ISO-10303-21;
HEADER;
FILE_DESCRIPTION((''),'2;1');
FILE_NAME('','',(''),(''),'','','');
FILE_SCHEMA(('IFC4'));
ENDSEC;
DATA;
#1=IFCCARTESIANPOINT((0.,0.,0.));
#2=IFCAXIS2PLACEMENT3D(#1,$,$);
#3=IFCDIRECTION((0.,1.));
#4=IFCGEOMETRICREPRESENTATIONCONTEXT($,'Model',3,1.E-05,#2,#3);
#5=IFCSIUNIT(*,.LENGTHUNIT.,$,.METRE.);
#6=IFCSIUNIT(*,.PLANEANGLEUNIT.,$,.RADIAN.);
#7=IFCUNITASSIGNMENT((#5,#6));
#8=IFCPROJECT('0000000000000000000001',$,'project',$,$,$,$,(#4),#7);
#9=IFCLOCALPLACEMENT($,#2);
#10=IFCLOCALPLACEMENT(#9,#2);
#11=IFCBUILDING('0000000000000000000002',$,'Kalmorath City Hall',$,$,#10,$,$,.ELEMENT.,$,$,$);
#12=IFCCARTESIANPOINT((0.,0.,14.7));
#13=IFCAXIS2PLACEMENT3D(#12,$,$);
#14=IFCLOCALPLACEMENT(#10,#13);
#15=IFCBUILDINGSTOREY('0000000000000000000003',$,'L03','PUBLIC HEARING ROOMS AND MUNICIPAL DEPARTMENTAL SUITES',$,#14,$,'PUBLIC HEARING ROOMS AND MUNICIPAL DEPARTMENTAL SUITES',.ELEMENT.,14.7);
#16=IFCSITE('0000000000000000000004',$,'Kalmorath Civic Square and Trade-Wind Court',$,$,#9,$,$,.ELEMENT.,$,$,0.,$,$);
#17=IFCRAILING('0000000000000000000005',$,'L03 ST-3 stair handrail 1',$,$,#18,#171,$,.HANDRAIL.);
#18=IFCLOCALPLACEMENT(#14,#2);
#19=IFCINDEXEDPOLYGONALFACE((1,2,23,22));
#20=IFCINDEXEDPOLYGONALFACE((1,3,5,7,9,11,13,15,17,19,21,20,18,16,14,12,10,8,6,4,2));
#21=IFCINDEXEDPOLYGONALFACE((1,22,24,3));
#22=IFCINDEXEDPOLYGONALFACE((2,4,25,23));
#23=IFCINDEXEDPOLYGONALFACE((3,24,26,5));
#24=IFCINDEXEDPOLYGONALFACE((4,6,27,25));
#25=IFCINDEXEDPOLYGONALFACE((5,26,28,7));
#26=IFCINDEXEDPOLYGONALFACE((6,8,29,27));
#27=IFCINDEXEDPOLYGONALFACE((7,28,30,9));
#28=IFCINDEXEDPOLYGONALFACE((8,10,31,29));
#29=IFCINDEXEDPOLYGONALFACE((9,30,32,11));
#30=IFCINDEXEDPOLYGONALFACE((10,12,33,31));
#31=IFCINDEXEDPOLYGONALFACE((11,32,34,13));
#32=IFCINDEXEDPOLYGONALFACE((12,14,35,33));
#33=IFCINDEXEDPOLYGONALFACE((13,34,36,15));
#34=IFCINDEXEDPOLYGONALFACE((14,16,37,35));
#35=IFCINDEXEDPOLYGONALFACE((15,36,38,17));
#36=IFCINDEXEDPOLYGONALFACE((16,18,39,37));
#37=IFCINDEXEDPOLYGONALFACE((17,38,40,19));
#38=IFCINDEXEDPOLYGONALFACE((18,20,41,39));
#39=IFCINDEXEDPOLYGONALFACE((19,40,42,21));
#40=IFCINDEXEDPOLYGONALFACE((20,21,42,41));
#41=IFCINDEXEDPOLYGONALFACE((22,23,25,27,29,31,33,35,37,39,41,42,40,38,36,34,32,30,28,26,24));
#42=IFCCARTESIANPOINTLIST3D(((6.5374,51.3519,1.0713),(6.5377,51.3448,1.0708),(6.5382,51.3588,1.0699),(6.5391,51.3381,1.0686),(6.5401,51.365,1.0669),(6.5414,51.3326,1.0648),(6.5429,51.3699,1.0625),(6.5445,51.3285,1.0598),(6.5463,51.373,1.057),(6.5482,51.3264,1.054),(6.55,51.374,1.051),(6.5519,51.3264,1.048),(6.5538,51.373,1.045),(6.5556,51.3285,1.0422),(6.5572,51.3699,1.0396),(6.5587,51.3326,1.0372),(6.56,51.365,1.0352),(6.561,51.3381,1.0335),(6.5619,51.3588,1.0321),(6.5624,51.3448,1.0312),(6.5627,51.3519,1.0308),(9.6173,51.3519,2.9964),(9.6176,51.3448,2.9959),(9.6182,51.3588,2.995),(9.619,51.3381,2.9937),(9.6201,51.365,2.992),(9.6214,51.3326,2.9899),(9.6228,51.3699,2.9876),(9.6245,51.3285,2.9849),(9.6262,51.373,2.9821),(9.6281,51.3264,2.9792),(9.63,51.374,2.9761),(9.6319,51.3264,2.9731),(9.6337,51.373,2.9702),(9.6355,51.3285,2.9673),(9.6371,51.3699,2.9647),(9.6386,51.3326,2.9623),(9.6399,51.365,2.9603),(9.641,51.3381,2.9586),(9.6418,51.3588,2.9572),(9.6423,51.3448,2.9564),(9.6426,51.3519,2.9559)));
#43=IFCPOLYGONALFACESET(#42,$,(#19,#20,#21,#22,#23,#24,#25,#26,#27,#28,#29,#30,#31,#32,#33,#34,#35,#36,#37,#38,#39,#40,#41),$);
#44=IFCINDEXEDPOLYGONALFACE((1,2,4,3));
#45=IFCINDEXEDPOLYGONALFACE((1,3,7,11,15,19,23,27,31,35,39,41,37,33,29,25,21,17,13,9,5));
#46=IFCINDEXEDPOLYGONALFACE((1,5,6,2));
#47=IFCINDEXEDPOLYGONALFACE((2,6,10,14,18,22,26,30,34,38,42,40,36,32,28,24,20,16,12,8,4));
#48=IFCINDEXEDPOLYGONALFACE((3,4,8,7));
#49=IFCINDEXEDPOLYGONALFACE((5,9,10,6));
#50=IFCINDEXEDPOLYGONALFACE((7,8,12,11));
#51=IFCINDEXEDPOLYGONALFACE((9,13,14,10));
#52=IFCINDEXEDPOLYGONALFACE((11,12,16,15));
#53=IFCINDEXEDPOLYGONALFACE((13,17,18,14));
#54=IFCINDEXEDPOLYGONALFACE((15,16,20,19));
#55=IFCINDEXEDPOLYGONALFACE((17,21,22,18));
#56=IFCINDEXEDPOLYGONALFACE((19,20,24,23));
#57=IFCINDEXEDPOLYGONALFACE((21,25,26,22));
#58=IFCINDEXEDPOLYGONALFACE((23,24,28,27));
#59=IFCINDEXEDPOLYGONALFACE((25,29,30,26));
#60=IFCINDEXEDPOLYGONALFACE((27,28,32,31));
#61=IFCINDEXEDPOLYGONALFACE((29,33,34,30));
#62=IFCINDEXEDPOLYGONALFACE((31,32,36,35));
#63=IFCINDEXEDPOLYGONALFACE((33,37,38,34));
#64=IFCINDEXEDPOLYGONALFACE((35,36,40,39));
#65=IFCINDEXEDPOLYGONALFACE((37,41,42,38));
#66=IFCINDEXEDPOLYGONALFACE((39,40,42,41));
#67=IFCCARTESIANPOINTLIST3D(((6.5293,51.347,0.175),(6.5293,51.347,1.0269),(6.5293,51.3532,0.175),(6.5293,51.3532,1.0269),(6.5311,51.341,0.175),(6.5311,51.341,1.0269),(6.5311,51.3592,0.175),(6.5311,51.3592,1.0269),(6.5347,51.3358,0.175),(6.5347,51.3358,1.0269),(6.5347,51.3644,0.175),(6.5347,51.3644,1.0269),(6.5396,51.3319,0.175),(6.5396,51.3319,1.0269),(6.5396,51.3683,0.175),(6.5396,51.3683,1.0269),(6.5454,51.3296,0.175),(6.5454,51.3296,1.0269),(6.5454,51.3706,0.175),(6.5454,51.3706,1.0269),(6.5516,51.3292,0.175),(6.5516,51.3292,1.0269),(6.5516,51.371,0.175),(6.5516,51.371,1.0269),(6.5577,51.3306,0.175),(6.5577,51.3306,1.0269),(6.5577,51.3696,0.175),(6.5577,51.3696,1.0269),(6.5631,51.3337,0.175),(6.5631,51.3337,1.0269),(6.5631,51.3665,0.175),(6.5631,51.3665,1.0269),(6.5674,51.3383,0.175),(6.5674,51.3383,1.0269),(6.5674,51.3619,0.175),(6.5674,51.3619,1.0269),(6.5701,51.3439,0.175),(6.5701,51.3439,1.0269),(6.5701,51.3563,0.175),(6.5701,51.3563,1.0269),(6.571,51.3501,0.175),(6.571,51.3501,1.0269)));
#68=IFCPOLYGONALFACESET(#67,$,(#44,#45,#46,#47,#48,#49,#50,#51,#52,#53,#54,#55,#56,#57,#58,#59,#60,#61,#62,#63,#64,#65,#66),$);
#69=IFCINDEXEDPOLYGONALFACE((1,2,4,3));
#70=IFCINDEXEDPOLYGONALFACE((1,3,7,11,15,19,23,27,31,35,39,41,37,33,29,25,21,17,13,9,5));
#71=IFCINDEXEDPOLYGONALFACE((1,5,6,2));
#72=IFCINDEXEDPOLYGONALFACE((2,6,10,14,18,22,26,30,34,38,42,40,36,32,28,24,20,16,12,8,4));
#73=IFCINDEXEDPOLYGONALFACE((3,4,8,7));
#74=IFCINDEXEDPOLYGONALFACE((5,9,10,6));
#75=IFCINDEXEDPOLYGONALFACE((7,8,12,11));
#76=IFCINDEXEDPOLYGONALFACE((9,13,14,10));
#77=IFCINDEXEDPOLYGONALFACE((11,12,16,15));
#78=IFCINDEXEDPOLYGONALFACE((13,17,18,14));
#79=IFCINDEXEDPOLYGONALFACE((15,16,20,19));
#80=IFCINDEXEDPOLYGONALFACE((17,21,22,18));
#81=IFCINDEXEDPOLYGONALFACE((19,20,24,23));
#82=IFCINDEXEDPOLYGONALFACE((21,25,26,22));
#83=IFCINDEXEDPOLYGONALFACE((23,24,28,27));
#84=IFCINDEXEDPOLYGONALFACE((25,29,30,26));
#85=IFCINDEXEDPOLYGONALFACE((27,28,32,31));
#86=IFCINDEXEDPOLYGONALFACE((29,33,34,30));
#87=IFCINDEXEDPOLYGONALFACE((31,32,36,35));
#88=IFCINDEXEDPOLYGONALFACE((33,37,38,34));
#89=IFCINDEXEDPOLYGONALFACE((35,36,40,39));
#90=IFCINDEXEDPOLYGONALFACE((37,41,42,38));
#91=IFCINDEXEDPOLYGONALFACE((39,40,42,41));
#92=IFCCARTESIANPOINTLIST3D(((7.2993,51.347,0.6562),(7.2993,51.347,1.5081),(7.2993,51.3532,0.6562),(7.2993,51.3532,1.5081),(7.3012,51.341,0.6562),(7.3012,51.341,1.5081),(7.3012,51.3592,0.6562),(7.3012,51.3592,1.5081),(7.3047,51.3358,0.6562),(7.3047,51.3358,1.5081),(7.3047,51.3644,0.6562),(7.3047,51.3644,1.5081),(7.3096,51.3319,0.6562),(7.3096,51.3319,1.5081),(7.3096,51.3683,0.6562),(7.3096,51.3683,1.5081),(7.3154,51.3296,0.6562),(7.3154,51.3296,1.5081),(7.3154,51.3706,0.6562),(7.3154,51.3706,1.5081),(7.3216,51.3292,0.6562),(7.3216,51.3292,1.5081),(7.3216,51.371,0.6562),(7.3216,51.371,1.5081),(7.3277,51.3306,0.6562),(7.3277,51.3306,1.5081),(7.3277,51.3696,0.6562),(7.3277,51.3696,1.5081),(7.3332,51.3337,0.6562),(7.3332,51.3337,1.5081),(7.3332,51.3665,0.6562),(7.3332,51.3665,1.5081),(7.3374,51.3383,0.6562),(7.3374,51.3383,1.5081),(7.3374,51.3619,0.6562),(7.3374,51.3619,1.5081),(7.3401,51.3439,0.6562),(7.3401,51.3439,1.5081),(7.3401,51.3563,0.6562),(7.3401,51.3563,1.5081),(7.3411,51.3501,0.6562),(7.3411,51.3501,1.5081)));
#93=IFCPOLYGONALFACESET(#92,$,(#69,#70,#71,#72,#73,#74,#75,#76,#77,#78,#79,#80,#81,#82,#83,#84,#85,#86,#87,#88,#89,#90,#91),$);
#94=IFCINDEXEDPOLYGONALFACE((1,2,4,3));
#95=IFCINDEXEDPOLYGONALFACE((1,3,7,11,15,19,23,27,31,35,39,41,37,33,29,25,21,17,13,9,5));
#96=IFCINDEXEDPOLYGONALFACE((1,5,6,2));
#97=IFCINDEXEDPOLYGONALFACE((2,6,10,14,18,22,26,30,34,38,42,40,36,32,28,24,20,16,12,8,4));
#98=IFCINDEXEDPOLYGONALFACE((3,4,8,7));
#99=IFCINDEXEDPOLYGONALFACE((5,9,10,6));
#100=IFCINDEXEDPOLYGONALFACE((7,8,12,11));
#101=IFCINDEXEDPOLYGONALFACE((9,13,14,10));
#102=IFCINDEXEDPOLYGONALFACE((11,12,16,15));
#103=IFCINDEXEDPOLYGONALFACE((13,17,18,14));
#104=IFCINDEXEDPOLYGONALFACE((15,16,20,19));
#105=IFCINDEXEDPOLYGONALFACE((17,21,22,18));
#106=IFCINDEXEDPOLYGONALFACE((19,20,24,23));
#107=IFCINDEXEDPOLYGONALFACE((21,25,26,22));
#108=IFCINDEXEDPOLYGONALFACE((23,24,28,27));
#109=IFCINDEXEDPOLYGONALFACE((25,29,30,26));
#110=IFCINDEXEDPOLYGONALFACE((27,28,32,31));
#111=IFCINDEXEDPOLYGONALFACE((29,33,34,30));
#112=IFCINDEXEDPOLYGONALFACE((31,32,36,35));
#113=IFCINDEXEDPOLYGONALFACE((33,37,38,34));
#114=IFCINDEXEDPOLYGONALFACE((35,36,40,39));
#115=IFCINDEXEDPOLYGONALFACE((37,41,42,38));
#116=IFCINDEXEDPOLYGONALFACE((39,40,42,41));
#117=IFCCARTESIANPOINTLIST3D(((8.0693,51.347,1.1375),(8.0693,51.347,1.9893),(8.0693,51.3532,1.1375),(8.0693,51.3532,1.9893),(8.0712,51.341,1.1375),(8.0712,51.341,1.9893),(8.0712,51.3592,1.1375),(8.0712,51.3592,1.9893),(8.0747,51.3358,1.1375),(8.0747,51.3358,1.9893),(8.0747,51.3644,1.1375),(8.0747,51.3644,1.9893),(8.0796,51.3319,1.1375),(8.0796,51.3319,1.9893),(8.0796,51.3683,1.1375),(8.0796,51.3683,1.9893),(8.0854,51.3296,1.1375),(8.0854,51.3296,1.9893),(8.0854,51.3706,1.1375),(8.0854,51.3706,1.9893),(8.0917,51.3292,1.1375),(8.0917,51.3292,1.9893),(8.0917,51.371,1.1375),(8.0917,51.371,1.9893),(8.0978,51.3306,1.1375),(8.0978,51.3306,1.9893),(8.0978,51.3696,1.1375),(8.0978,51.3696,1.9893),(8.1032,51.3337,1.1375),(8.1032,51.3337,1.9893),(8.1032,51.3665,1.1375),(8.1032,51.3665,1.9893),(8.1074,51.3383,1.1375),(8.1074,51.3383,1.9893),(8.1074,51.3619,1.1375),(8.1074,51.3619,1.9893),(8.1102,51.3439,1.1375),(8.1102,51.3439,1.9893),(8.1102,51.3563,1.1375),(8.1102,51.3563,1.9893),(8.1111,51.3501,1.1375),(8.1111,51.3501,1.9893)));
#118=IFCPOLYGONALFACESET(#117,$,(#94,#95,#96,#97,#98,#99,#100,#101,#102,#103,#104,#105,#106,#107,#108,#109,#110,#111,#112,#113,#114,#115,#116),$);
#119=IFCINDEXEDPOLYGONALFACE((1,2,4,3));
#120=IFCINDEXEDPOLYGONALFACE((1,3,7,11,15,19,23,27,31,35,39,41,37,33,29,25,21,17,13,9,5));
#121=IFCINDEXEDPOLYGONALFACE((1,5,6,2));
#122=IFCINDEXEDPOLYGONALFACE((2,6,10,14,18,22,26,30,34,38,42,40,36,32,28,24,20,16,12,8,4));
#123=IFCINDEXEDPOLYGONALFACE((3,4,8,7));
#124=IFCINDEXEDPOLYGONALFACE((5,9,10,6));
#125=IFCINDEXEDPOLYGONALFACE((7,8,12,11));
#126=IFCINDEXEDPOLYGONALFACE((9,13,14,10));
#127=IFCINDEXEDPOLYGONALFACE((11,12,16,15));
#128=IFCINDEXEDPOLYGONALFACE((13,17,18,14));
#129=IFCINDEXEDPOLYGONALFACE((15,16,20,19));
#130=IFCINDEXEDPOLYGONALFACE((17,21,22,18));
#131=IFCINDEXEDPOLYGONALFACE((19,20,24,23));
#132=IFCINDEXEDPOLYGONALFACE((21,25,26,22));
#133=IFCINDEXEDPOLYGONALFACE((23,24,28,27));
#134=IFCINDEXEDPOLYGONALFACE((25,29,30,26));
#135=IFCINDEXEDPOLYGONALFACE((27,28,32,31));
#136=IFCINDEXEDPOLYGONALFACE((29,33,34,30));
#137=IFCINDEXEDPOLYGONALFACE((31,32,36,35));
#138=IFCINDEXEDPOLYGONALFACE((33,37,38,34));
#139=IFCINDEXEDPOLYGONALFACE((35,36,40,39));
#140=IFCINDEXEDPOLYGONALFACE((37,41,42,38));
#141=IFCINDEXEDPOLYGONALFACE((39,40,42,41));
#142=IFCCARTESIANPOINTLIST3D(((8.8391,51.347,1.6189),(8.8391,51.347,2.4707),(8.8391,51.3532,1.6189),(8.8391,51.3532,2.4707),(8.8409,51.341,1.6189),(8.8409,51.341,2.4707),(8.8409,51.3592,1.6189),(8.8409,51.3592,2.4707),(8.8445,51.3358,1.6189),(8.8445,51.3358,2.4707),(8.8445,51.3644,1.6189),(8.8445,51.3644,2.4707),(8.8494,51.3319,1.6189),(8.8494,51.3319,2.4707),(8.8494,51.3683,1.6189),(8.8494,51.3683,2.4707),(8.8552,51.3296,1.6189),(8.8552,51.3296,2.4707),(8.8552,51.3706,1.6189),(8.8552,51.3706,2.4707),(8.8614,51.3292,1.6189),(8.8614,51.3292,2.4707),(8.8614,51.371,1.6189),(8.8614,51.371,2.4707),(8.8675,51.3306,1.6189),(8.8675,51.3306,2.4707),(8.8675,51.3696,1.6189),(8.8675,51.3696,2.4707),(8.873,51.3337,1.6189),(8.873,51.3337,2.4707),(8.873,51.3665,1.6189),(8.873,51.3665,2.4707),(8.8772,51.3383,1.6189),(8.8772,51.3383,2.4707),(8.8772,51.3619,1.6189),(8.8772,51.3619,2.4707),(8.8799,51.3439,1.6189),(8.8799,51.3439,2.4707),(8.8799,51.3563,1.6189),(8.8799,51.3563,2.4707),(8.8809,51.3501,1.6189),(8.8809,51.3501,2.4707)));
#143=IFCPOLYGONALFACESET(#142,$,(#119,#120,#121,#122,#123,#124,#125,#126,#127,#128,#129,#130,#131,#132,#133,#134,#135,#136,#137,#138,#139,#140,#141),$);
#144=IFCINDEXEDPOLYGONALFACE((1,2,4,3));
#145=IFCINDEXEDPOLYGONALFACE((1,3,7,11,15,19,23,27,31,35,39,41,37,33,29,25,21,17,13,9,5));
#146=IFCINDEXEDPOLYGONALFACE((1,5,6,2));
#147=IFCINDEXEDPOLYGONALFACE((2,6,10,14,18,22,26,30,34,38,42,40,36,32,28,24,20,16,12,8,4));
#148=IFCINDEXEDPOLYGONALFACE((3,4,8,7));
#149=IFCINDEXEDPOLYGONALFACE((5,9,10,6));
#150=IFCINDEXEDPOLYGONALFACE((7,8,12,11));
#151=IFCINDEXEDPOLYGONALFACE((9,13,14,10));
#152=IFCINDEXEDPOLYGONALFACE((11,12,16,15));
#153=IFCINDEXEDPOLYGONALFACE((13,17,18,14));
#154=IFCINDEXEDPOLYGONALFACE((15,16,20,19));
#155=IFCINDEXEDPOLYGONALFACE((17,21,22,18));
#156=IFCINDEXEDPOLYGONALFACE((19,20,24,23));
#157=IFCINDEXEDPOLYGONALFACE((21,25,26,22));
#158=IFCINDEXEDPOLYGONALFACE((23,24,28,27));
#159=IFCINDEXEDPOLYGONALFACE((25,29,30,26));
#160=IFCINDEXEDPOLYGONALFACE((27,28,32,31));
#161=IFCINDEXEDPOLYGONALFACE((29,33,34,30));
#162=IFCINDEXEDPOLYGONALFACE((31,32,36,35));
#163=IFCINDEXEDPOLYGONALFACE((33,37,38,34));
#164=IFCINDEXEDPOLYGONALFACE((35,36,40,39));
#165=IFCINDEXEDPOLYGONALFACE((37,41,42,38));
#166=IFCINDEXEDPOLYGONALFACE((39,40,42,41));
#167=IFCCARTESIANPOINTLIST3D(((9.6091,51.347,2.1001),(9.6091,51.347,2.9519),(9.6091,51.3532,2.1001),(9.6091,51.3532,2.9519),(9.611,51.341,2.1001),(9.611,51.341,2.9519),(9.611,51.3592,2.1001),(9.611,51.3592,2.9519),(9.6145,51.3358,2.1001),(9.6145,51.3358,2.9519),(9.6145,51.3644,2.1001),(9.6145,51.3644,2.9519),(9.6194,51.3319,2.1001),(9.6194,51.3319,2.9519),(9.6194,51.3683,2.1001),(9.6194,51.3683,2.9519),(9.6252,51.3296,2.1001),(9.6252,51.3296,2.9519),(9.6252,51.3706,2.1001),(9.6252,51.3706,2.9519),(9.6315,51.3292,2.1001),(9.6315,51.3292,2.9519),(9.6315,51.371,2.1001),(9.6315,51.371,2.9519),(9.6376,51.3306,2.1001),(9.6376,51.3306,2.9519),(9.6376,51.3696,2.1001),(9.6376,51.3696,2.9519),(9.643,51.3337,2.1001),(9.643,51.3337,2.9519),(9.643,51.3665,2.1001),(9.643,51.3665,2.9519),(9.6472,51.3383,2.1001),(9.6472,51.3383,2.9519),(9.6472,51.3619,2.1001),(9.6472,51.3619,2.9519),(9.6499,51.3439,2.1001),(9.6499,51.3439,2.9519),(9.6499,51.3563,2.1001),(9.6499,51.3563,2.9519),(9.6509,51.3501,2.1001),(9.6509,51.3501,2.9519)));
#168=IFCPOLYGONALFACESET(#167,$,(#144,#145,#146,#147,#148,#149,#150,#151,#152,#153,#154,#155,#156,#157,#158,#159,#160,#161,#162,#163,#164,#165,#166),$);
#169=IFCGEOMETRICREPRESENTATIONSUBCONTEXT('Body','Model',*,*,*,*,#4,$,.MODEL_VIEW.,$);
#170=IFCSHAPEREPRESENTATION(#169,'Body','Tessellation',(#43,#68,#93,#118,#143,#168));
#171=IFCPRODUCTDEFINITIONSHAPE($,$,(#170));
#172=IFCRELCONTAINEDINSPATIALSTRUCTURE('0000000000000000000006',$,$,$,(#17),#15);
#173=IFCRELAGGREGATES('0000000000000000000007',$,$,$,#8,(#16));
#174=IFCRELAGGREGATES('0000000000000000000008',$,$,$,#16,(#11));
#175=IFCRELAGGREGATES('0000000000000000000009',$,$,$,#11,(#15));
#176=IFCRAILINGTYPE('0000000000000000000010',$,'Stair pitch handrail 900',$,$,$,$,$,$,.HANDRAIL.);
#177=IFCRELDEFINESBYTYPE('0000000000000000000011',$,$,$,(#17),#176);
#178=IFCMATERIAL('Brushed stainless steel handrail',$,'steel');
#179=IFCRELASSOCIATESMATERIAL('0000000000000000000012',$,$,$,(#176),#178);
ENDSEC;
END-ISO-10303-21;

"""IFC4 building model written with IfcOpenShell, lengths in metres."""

from ifc_helpers import new_model, si_unit, direction, frame, origin, origin_2d, place, context, subcontext, project, spatial, circle, extrude, material, type_object, element, save


model = new_model("IFC4")

# Units and contexts
model_context = context("Model", 3, precision=1e-05, world=origin(), true_north=direction((0.0, 1.0)))
body_context = subcontext(model_context, "Body", "Model", "MODEL_VIEW")
ifc_project = project(units=[si_unit("LENGTHUNIT", "METRE"), si_unit("PLANEANGLEUNIT", "RADIAN")], contexts=[model_context])

# Site, building, storey
site_placement = place(None, origin())
site = spatial("IfcSite", under=ifc_project, at=site_placement, Name="Kalmorath Civic Square and Trade-Wind Court", CompositionType="ELEMENT", RefElevation=0.0)
building_placement = place(site_placement, origin())
building = spatial("IfcBuilding", under=site, at=building_placement, Name="Kalmorath City Hall", CompositionType="ELEMENT")
storey_placement = place(building_placement, frame((0.0, 0.0, 14.7)))
storey = spatial("IfcBuildingStorey", under=building, at=storey_placement, Name="L03", Description="PUBLIC HEARING ROOMS AND MUNICIPAL DEPARTMENTAL SUITES", LongName="PUBLIC HEARING ROOMS AND MUNICIPAL DEPARTMENTAL SUITES", CompositionType="ELEMENT", Elevation=14.7)

# Railing
ifc_material_1 = material(Name="Brushed stainless steel handrail", Category="steel")
railing_type_1 = type_object("IfcRailingType", Name="Stair pitch handrail 900", PredefinedType="HANDRAIL", material=ifc_material_1)
railing_1_placement = place(storey_placement, frame((6.55, 51.3501, 0.175)))
element("IfcRailing", 1, at=railing_1_placement, inside=storey, type_object=railing_type_1, Name="L03 ST-3 stair handrail 1", PredefinedType="HANDRAIL", context=body_context, shape_type="SweptSolid", body=[
    extrude(circle(Radius=0.0239, at=origin_2d()), frame((0.0, 0.0, 0.876), z_axis=(0.847979, 0.0, 0.530029), x_axis=(0.0, 1.0, 0.0)), (0.0, 0.0, 1.0), 3.6321),
    extrude(circle(Radius=0.021, at=origin_2d()), origin(), (0.0, 0.0, 1.0), 0.8518),
    extrude(circle(Radius=0.021, at=origin_2d()), frame((0.77, 0.0, 0.4812)), (0.0, 0.0, 1.0), 0.8518),
    extrude(circle(Radius=0.021, at=origin_2d()), frame((1.54, 0.0, 0.9624)), (0.0, 0.0, 1.0), 0.8518),
    extrude(circle(Radius=0.021, at=origin_2d()), frame((2.3098, 0.0, 1.4438)), (0.0, 0.0, 1.0), 0.8518),
    extrude(circle(Radius=0.021, at=origin_2d()), frame((3.0798, 0.0, 1.925)), (0.0, 0.0, 1.0), 0.8518),
])

save(model, "model.ifc")
